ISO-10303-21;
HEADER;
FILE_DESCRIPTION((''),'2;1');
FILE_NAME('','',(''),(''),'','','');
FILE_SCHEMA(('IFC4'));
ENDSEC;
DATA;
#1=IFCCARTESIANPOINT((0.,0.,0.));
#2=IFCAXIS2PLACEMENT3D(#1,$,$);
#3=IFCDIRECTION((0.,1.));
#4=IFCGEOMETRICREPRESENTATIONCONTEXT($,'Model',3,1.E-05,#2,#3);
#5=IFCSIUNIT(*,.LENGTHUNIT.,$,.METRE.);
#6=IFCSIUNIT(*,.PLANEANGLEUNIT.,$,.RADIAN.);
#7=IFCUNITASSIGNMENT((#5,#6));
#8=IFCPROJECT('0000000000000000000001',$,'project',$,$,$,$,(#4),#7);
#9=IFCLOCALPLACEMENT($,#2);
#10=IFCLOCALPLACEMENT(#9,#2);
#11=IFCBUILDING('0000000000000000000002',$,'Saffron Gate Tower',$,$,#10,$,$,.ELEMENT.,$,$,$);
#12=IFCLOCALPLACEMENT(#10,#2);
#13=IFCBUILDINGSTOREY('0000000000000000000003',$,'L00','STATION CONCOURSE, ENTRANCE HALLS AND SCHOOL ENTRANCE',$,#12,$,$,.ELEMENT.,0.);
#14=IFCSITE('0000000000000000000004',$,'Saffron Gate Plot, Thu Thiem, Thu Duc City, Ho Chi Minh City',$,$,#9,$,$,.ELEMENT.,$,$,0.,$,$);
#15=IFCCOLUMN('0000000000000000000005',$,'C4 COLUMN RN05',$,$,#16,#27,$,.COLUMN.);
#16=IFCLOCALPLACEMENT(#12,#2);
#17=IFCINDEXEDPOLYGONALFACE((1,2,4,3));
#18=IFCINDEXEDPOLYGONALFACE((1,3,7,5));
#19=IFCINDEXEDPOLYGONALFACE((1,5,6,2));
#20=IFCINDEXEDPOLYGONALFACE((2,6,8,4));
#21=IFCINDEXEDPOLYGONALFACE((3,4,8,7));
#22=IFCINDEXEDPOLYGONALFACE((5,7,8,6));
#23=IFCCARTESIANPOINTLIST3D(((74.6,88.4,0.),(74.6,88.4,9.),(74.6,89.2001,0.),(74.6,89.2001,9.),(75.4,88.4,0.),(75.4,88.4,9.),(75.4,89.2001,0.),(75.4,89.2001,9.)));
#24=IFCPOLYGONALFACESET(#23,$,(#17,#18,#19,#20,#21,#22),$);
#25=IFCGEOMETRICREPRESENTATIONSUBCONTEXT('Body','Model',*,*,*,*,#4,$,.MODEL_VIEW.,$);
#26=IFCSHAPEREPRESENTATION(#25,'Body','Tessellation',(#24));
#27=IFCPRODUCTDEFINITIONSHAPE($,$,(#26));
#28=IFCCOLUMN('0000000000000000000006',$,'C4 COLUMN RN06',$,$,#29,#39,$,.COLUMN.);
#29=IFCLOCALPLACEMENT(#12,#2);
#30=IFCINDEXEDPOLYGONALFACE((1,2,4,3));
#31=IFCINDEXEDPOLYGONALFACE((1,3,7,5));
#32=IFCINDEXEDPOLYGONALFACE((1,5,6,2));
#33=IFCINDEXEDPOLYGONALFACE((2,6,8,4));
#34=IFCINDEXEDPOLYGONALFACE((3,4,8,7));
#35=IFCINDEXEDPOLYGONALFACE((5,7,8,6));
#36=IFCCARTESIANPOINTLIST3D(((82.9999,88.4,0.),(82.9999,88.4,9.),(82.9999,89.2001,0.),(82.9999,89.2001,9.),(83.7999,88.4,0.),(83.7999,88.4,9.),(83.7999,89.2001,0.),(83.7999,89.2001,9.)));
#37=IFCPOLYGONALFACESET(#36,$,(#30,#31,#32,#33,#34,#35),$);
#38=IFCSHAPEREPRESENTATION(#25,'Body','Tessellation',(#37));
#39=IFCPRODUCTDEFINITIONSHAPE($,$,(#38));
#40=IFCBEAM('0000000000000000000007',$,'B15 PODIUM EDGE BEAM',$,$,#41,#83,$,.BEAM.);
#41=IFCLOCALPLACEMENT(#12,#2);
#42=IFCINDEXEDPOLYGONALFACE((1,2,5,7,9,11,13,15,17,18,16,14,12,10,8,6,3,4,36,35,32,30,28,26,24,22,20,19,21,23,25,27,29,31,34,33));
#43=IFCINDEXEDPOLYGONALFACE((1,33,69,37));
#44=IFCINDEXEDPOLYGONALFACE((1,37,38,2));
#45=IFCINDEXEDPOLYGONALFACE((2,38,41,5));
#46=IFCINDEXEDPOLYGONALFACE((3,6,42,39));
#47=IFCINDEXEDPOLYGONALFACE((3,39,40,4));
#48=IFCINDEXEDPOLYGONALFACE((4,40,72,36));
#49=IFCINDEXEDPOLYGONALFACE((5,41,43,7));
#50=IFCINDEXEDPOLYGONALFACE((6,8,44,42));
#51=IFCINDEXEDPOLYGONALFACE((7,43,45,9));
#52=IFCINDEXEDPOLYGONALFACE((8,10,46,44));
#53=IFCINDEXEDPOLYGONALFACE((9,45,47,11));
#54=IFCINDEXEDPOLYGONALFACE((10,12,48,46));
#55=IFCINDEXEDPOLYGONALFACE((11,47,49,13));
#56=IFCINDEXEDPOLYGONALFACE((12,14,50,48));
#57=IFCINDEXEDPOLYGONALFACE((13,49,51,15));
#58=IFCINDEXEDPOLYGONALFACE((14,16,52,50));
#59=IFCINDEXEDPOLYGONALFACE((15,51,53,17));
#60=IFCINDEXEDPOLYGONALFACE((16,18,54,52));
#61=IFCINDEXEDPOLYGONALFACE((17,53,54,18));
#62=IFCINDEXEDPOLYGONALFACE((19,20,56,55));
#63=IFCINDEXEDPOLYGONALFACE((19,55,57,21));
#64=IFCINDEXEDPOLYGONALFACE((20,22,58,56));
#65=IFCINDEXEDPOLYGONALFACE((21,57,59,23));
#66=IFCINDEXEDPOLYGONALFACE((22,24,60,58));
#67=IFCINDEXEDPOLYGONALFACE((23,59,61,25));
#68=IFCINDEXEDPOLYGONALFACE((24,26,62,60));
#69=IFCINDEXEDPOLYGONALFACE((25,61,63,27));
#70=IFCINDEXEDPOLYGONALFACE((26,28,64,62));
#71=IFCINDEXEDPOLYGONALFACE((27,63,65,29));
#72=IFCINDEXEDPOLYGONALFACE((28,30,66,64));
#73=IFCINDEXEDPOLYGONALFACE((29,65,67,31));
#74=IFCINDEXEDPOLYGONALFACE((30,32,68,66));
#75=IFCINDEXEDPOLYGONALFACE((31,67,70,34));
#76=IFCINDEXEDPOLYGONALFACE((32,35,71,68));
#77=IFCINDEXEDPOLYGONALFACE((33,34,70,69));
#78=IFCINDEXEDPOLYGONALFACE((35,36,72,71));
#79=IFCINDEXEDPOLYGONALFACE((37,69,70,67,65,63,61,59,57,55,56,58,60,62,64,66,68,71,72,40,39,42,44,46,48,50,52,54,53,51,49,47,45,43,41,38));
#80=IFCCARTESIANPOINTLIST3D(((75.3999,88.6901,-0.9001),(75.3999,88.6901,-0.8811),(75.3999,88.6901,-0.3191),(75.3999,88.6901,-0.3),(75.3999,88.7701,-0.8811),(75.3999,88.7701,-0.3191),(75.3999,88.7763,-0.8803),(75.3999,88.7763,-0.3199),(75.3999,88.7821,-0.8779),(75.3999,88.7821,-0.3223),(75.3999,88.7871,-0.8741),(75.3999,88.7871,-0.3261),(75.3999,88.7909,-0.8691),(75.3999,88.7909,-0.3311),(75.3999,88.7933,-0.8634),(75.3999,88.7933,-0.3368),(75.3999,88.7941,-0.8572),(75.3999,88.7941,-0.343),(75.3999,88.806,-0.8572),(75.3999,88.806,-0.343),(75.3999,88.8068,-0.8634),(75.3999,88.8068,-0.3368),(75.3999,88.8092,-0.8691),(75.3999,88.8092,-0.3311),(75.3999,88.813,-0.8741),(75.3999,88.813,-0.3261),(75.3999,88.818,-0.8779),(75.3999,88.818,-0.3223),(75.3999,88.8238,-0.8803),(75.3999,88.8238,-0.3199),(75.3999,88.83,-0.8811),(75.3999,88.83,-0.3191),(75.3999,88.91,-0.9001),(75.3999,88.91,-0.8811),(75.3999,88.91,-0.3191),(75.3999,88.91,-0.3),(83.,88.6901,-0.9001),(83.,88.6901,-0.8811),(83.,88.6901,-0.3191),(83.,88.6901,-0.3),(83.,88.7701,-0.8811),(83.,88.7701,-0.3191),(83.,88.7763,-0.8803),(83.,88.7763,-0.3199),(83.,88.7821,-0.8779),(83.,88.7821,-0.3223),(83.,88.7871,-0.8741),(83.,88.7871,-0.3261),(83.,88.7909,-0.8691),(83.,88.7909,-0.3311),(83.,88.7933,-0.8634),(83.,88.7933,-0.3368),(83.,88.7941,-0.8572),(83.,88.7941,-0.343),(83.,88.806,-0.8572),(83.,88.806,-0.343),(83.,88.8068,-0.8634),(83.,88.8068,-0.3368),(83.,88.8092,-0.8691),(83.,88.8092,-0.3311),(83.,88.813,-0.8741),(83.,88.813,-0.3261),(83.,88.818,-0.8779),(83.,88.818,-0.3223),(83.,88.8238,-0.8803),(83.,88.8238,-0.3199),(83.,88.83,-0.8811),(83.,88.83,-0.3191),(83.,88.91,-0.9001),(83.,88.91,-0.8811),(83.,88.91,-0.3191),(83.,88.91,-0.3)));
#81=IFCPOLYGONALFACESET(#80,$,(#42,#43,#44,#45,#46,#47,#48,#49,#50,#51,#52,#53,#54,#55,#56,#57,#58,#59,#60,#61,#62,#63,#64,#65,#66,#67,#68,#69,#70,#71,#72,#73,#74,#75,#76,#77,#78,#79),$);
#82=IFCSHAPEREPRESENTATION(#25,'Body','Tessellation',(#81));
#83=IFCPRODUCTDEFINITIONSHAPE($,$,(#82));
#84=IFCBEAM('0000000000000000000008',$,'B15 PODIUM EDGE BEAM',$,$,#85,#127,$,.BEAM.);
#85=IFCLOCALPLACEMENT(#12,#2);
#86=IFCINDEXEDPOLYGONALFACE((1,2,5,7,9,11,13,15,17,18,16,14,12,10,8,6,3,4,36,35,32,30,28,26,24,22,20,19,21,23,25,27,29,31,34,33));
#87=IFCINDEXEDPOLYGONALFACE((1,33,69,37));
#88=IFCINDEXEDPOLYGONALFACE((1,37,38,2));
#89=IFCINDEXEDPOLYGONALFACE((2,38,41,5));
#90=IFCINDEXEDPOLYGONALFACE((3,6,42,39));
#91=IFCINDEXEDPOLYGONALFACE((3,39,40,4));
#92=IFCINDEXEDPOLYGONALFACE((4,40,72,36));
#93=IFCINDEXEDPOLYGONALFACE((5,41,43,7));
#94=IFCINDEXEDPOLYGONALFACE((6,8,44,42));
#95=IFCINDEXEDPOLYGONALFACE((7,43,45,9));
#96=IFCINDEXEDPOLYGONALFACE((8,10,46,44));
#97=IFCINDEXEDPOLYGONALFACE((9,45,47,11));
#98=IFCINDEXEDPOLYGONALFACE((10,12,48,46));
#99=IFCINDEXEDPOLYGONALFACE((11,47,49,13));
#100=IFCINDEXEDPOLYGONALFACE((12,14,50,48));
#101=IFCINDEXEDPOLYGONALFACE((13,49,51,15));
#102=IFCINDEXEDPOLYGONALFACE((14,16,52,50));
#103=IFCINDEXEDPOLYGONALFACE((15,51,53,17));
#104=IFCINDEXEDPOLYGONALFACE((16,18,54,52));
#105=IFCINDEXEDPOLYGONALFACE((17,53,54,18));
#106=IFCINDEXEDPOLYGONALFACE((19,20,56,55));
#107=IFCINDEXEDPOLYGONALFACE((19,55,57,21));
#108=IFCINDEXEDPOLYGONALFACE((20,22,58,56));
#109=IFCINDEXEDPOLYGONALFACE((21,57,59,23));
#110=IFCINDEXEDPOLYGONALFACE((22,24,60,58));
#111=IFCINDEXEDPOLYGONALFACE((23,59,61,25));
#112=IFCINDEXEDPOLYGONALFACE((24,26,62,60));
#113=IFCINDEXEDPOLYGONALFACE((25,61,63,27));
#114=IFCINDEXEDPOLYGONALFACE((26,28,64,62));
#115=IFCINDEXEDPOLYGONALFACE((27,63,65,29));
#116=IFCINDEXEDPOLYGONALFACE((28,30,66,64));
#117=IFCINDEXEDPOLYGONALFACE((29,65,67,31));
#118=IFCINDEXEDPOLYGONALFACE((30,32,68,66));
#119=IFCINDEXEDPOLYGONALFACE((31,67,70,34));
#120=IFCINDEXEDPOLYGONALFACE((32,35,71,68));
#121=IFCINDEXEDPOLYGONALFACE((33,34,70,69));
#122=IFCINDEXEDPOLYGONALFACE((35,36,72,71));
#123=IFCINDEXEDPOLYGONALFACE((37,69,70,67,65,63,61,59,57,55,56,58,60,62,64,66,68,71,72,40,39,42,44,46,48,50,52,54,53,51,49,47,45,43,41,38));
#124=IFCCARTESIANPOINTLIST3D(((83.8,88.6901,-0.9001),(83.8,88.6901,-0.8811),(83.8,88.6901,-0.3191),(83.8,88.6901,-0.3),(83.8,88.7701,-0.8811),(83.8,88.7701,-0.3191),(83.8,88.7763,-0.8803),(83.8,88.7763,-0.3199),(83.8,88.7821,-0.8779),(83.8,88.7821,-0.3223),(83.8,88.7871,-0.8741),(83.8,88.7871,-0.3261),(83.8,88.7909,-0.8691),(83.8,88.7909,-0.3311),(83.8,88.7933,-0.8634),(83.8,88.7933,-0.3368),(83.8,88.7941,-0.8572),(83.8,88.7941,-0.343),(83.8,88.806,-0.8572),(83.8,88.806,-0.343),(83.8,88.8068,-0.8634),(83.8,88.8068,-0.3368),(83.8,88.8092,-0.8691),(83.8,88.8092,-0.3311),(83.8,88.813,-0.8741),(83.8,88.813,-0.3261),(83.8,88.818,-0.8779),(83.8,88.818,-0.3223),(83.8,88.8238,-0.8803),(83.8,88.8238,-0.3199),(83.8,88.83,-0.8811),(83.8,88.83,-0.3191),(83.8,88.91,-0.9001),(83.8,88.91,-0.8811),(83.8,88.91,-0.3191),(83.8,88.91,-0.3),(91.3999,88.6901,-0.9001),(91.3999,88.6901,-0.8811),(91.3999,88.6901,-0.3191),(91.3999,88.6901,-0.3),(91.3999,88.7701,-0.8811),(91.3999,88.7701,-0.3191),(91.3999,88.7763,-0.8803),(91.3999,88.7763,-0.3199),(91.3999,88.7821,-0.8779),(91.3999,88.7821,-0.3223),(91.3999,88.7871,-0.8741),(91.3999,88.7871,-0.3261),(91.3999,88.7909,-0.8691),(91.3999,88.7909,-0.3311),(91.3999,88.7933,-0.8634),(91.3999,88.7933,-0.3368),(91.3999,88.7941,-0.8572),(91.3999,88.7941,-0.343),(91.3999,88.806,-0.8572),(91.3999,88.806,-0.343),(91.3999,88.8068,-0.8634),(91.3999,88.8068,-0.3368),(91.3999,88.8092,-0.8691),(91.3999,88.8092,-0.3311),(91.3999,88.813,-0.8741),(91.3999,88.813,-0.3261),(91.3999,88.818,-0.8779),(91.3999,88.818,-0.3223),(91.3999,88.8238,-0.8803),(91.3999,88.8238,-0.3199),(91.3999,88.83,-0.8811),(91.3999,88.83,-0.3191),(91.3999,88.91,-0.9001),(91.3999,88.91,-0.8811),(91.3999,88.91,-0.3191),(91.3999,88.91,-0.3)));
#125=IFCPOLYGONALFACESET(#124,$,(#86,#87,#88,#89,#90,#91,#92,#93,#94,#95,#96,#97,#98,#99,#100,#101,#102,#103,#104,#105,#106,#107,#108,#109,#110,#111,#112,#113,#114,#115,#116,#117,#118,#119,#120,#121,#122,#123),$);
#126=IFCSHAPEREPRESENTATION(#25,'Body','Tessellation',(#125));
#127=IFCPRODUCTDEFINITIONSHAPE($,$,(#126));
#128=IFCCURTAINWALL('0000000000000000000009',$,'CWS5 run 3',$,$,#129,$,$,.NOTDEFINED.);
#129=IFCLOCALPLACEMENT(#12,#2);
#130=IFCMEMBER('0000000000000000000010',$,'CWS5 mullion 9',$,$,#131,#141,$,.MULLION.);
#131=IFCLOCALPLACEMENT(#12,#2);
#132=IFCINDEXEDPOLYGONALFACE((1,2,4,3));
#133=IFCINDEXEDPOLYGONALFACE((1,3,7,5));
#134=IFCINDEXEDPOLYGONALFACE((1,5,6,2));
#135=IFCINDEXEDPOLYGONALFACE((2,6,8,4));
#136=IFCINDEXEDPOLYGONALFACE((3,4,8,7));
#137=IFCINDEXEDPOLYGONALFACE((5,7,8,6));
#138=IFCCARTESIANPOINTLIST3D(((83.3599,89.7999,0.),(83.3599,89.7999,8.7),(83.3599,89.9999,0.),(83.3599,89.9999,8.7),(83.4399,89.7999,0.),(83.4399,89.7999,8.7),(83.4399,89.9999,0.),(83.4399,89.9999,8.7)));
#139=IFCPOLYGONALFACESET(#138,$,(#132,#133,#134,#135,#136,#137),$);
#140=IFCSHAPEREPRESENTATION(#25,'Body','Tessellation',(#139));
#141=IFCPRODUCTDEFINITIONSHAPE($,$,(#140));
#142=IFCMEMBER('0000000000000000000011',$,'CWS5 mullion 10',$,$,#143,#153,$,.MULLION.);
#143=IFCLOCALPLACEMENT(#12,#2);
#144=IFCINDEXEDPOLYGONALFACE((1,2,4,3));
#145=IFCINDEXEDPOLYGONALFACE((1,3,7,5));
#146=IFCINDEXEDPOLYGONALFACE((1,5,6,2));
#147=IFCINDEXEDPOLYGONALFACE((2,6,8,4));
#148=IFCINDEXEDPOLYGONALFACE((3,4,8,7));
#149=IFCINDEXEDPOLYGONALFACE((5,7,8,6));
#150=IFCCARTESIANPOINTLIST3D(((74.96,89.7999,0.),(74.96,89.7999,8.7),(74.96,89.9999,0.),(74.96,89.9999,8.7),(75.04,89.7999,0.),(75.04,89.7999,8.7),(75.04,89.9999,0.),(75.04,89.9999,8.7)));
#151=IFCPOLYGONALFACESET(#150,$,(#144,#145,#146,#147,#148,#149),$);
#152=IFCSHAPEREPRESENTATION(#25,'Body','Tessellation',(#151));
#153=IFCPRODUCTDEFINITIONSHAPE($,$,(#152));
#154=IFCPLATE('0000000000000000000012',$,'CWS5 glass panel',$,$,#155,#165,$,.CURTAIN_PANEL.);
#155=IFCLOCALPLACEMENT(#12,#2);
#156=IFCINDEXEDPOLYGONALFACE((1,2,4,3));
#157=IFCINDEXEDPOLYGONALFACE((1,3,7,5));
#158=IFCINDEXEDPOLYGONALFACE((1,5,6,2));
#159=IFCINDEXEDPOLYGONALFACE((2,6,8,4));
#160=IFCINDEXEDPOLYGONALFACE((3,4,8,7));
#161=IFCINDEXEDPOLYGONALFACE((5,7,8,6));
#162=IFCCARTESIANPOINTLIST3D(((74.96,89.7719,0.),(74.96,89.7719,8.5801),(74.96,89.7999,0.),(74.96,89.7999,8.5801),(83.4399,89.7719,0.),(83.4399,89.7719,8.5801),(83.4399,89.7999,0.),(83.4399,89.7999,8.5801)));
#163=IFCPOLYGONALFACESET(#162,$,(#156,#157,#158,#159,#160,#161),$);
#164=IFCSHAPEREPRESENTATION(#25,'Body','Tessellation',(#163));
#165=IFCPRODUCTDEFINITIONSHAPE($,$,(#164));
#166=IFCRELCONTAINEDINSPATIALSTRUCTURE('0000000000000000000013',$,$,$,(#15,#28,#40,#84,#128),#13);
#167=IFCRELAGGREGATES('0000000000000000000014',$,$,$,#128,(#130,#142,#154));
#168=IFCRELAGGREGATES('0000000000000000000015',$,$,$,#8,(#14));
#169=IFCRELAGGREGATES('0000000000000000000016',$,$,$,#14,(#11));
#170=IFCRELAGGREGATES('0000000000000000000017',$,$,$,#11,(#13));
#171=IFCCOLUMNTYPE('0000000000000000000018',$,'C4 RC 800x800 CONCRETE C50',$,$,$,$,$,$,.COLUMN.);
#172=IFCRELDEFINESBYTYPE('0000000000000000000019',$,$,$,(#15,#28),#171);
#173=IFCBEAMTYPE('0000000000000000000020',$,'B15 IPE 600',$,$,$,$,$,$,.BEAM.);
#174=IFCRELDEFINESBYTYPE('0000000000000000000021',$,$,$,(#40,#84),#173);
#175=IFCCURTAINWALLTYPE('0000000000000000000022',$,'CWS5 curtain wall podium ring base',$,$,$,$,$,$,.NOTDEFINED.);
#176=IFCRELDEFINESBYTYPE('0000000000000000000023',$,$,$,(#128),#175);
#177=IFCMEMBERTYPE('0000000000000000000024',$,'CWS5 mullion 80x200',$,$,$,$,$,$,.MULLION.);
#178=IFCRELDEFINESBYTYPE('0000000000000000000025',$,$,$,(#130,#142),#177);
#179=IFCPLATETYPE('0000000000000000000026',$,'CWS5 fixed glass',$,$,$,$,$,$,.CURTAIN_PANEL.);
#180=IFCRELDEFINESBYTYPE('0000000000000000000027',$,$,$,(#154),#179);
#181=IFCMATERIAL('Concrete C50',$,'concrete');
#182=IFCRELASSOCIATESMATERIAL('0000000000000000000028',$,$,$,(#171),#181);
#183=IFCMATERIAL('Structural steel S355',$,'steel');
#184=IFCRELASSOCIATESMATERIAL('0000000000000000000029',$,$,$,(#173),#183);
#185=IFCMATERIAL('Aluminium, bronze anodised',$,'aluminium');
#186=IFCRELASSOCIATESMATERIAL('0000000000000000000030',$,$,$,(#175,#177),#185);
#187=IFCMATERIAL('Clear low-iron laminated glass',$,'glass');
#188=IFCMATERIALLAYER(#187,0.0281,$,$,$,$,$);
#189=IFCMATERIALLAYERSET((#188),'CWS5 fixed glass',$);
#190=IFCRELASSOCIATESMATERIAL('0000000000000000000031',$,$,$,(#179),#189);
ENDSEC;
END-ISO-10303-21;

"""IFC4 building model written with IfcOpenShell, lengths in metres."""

from ifc_helpers import new_model, si_unit, direction, frame, frame_2d, origin, origin_2d, place, context, subcontext, project, spatial, rectangle, i_section, extrude, material, layer, layer_set, material_profile, profile_set, type_object, element, aggregate, save


model = new_model("IFC4")

# Units and contexts
model_context = context("Model", 3, precision=1e-05, world=origin(), true_north=direction((0.0, 1.0)))
body_context = subcontext(model_context, "Body", "Model", "MODEL_VIEW")
ifc_project = project(units=[si_unit("LENGTHUNIT", "METRE"), si_unit("PLANEANGLEUNIT", "RADIAN")], contexts=[model_context])

# Site, building, storey
site_placement = place(None, origin())
site = spatial("IfcSite", under=ifc_project, at=site_placement, Name="Saffron Gate Plot, Thu Thiem, Thu Duc City, Ho Chi Minh City", CompositionType="ELEMENT", RefElevation=0.0)
building_placement = place(site_placement, origin())
building = spatial("IfcBuilding", under=site, at=building_placement, Name="Saffron Gate Tower", CompositionType="ELEMENT")
storey_placement = place(building_placement, origin())
storey = spatial("IfcBuildingStorey", under=building, at=storey_placement, Name="L00", Description="STATION CONCOURSE, ENTRANCE HALLS AND SCHOOL ENTRANCE", CompositionType="ELEMENT", Elevation=0.0)

# Columns
ifc_material_1 = material(Name="Concrete C50", Category="concrete")
ifc_material_profile_1 = material_profile(ifc_material_1, rectangle(XDim=0.8, YDim=0.8, at=origin_2d()))
ifc_profile_set_1 = profile_set([ifc_material_profile_1], Name="Concrete C50")
column_type = type_object("IfcColumnType", Name="C4 RC 800x800 CONCRETE C50", PredefinedType="COLUMN", material=ifc_profile_set_1)
for number, where, z_axis, x_axis, name in (
    (1, (75.0, 88.8, 0.0), (0.0, 0.0, 1.0), (1.0, 0.0, 0.0), "C4 COLUMN RN05"),
    (2, (83.3999, 88.8, 0.0), (0.0, 0.0, 1.0), (1.0, 0.0, 0.0), "C4 COLUMN RN06"),
):
    element("IfcColumn", number, at=place(storey_placement, frame(where, z_axis=z_axis, x_axis=x_axis)), inside=storey, type_object=column_type, Name=name, PredefinedType="COLUMN", context=body_context, shape_type="SweptSolid", body=[
        extrude(rectangle(XDim=0.8, YDim=0.8, at=origin_2d()), origin(), (0.0, 0.0, 1.0), 9.0),
    ])

# Beams
ifc_material_2 = material(Name="Structural steel S355", Category="steel")
ifc_material_profile_2 = material_profile(ifc_material_2, i_section(OverallWidth=0.22, OverallDepth=0.6001, WebThickness=0.012, FlangeThickness=0.019, FilletRadius=0.0239, at=origin_2d()))
ifc_profile_set_2 = profile_set([ifc_material_profile_2], Name="Structural steel S355")
beam_type = type_object("IfcBeamType", Name="B15 IPE 600", PredefinedType="BEAM", material=ifc_profile_set_2)
beam_1_placement = place(storey_placement, frame((75.3999, 88.8, -0.6001), z_axis=(1.0, 0.0, 0.0), x_axis=(0.0, 1.0, 0.0)))
element("IfcBeam", 3, at=beam_1_placement, inside=storey, type_object=beam_type, Name="B15 PODIUM EDGE BEAM", PredefinedType="BEAM", context=body_context, shape_type="SweptSolid", body=[
    extrude(i_section(OverallWidth=0.22, OverallDepth=0.6001, WebThickness=0.012, FlangeThickness=0.019, FilletRadius=0.0239, at=origin_2d()), origin(), (0.0, 0.0, 1.0), 7.6001),
])
beam_2_placement = place(storey_placement, frame((83.8, 88.8, -0.6001), z_axis=(1.0, 0.0, 0.0), x_axis=(0.0, 1.0, 0.0)))
element("IfcBeam", 4, at=beam_2_placement, inside=storey, type_object=beam_type, Name="B15 PODIUM EDGE BEAM", PredefinedType="BEAM", context=body_context, shape_type="SweptSolid", body=[
    extrude(i_section(OverallWidth=0.22, OverallDepth=0.6001, WebThickness=0.012, FlangeThickness=0.019, FilletRadius=0.0239, at=origin_2d()), origin(), (0.0, 0.0, 1.0), 7.5999),
])

# Curtain wall, members, plate
ifc_material_3 = material(Name="Aluminium, bronze anodised", Category="aluminium")
curtain_wall_type = type_object("IfcCurtainWallType", Name="CWS5 curtain wall podium ring base", PredefinedType="NOTDEFINED", material=ifc_material_3)
curtain_wall_placement = place(storey_placement, origin())
curtain_wall = element("IfcCurtainWall", 5, at=curtain_wall_placement, inside=storey, type_object=curtain_wall_type, Name="CWS5 run 3", PredefinedType="NOTDEFINED")
ifc_material_profile_3 = material_profile(ifc_material_3, rectangle(XDim=0.2, YDim=0.0801, at=origin_2d()))
ifc_profile_set_3 = profile_set([ifc_material_profile_3], Name="Aluminium, bronze anodised")
member_type = type_object("IfcMemberType", Name="CWS5 mullion 80x200", PredefinedType="MULLION", material=ifc_profile_set_3)
member_1_placement = place(storey_placement, frame((83.3999, 89.8999, 0.0), z_axis=(0.0, 0.0, 1.0), x_axis=(0.0, -1.0, 0.0)))
member_1 = element("IfcMember", 6, at=member_1_placement, type_object=member_type, Name="CWS5 mullion 9", PredefinedType="MULLION", context=body_context, shape_type="SweptSolid", body=[
    extrude(rectangle(XDim=0.2, YDim=0.0801, at=origin_2d()), origin(), (0.0, 0.0, 1.0), 8.7),
])
member_2_placement = place(storey_placement, frame((75.0, 89.8999, 0.0), z_axis=(0.0, 0.0, 1.0), x_axis=(0.0, -1.0, 0.0)))
member_2 = element("IfcMember", 7, at=member_2_placement, type_object=member_type, Name="CWS5 mullion 10", PredefinedType="MULLION", context=body_context, shape_type="SweptSolid", body=[
    extrude(rectangle(XDim=0.2, YDim=0.0801, at=origin_2d()), origin(), (0.0, 0.0, 1.0), 8.7),
])
ifc_material_4 = material(Name="Clear low-iron laminated glass", Category="glass")
ifc_layer_1 = layer(ifc_material_4, 0.0281)
ifc_layer_set_1 = layer_set([ifc_layer_1], Name="CWS5 fixed glass")
plate_type_1 = type_object("IfcPlateType", Name="CWS5 fixed glass", PredefinedType="CURTAIN_PANEL", material=ifc_layer_set_1)
plate_1_placement = place(storey_placement, frame((83.4399, 89.7859, 0.0), z_axis=(0.0, 0.0, 1.0), x_axis=(-1.0, 0.0, 0.0)))
plate_1 = element("IfcPlate", 8, at=plate_1_placement, type_object=plate_type_1, Name="CWS5 glass panel", PredefinedType="CURTAIN_PANEL", context=body_context, shape_type="SweptSolid", body=[
    extrude(rectangle(XDim=8.48, YDim=0.0281, at=frame_2d((4.24, 0.0))), origin(), (0.0, 0.0, 1.0), 8.5801),
])
aggregate(curtain_wall, [member_1, member_2, plate_1])

save(model, "model.ifc")
